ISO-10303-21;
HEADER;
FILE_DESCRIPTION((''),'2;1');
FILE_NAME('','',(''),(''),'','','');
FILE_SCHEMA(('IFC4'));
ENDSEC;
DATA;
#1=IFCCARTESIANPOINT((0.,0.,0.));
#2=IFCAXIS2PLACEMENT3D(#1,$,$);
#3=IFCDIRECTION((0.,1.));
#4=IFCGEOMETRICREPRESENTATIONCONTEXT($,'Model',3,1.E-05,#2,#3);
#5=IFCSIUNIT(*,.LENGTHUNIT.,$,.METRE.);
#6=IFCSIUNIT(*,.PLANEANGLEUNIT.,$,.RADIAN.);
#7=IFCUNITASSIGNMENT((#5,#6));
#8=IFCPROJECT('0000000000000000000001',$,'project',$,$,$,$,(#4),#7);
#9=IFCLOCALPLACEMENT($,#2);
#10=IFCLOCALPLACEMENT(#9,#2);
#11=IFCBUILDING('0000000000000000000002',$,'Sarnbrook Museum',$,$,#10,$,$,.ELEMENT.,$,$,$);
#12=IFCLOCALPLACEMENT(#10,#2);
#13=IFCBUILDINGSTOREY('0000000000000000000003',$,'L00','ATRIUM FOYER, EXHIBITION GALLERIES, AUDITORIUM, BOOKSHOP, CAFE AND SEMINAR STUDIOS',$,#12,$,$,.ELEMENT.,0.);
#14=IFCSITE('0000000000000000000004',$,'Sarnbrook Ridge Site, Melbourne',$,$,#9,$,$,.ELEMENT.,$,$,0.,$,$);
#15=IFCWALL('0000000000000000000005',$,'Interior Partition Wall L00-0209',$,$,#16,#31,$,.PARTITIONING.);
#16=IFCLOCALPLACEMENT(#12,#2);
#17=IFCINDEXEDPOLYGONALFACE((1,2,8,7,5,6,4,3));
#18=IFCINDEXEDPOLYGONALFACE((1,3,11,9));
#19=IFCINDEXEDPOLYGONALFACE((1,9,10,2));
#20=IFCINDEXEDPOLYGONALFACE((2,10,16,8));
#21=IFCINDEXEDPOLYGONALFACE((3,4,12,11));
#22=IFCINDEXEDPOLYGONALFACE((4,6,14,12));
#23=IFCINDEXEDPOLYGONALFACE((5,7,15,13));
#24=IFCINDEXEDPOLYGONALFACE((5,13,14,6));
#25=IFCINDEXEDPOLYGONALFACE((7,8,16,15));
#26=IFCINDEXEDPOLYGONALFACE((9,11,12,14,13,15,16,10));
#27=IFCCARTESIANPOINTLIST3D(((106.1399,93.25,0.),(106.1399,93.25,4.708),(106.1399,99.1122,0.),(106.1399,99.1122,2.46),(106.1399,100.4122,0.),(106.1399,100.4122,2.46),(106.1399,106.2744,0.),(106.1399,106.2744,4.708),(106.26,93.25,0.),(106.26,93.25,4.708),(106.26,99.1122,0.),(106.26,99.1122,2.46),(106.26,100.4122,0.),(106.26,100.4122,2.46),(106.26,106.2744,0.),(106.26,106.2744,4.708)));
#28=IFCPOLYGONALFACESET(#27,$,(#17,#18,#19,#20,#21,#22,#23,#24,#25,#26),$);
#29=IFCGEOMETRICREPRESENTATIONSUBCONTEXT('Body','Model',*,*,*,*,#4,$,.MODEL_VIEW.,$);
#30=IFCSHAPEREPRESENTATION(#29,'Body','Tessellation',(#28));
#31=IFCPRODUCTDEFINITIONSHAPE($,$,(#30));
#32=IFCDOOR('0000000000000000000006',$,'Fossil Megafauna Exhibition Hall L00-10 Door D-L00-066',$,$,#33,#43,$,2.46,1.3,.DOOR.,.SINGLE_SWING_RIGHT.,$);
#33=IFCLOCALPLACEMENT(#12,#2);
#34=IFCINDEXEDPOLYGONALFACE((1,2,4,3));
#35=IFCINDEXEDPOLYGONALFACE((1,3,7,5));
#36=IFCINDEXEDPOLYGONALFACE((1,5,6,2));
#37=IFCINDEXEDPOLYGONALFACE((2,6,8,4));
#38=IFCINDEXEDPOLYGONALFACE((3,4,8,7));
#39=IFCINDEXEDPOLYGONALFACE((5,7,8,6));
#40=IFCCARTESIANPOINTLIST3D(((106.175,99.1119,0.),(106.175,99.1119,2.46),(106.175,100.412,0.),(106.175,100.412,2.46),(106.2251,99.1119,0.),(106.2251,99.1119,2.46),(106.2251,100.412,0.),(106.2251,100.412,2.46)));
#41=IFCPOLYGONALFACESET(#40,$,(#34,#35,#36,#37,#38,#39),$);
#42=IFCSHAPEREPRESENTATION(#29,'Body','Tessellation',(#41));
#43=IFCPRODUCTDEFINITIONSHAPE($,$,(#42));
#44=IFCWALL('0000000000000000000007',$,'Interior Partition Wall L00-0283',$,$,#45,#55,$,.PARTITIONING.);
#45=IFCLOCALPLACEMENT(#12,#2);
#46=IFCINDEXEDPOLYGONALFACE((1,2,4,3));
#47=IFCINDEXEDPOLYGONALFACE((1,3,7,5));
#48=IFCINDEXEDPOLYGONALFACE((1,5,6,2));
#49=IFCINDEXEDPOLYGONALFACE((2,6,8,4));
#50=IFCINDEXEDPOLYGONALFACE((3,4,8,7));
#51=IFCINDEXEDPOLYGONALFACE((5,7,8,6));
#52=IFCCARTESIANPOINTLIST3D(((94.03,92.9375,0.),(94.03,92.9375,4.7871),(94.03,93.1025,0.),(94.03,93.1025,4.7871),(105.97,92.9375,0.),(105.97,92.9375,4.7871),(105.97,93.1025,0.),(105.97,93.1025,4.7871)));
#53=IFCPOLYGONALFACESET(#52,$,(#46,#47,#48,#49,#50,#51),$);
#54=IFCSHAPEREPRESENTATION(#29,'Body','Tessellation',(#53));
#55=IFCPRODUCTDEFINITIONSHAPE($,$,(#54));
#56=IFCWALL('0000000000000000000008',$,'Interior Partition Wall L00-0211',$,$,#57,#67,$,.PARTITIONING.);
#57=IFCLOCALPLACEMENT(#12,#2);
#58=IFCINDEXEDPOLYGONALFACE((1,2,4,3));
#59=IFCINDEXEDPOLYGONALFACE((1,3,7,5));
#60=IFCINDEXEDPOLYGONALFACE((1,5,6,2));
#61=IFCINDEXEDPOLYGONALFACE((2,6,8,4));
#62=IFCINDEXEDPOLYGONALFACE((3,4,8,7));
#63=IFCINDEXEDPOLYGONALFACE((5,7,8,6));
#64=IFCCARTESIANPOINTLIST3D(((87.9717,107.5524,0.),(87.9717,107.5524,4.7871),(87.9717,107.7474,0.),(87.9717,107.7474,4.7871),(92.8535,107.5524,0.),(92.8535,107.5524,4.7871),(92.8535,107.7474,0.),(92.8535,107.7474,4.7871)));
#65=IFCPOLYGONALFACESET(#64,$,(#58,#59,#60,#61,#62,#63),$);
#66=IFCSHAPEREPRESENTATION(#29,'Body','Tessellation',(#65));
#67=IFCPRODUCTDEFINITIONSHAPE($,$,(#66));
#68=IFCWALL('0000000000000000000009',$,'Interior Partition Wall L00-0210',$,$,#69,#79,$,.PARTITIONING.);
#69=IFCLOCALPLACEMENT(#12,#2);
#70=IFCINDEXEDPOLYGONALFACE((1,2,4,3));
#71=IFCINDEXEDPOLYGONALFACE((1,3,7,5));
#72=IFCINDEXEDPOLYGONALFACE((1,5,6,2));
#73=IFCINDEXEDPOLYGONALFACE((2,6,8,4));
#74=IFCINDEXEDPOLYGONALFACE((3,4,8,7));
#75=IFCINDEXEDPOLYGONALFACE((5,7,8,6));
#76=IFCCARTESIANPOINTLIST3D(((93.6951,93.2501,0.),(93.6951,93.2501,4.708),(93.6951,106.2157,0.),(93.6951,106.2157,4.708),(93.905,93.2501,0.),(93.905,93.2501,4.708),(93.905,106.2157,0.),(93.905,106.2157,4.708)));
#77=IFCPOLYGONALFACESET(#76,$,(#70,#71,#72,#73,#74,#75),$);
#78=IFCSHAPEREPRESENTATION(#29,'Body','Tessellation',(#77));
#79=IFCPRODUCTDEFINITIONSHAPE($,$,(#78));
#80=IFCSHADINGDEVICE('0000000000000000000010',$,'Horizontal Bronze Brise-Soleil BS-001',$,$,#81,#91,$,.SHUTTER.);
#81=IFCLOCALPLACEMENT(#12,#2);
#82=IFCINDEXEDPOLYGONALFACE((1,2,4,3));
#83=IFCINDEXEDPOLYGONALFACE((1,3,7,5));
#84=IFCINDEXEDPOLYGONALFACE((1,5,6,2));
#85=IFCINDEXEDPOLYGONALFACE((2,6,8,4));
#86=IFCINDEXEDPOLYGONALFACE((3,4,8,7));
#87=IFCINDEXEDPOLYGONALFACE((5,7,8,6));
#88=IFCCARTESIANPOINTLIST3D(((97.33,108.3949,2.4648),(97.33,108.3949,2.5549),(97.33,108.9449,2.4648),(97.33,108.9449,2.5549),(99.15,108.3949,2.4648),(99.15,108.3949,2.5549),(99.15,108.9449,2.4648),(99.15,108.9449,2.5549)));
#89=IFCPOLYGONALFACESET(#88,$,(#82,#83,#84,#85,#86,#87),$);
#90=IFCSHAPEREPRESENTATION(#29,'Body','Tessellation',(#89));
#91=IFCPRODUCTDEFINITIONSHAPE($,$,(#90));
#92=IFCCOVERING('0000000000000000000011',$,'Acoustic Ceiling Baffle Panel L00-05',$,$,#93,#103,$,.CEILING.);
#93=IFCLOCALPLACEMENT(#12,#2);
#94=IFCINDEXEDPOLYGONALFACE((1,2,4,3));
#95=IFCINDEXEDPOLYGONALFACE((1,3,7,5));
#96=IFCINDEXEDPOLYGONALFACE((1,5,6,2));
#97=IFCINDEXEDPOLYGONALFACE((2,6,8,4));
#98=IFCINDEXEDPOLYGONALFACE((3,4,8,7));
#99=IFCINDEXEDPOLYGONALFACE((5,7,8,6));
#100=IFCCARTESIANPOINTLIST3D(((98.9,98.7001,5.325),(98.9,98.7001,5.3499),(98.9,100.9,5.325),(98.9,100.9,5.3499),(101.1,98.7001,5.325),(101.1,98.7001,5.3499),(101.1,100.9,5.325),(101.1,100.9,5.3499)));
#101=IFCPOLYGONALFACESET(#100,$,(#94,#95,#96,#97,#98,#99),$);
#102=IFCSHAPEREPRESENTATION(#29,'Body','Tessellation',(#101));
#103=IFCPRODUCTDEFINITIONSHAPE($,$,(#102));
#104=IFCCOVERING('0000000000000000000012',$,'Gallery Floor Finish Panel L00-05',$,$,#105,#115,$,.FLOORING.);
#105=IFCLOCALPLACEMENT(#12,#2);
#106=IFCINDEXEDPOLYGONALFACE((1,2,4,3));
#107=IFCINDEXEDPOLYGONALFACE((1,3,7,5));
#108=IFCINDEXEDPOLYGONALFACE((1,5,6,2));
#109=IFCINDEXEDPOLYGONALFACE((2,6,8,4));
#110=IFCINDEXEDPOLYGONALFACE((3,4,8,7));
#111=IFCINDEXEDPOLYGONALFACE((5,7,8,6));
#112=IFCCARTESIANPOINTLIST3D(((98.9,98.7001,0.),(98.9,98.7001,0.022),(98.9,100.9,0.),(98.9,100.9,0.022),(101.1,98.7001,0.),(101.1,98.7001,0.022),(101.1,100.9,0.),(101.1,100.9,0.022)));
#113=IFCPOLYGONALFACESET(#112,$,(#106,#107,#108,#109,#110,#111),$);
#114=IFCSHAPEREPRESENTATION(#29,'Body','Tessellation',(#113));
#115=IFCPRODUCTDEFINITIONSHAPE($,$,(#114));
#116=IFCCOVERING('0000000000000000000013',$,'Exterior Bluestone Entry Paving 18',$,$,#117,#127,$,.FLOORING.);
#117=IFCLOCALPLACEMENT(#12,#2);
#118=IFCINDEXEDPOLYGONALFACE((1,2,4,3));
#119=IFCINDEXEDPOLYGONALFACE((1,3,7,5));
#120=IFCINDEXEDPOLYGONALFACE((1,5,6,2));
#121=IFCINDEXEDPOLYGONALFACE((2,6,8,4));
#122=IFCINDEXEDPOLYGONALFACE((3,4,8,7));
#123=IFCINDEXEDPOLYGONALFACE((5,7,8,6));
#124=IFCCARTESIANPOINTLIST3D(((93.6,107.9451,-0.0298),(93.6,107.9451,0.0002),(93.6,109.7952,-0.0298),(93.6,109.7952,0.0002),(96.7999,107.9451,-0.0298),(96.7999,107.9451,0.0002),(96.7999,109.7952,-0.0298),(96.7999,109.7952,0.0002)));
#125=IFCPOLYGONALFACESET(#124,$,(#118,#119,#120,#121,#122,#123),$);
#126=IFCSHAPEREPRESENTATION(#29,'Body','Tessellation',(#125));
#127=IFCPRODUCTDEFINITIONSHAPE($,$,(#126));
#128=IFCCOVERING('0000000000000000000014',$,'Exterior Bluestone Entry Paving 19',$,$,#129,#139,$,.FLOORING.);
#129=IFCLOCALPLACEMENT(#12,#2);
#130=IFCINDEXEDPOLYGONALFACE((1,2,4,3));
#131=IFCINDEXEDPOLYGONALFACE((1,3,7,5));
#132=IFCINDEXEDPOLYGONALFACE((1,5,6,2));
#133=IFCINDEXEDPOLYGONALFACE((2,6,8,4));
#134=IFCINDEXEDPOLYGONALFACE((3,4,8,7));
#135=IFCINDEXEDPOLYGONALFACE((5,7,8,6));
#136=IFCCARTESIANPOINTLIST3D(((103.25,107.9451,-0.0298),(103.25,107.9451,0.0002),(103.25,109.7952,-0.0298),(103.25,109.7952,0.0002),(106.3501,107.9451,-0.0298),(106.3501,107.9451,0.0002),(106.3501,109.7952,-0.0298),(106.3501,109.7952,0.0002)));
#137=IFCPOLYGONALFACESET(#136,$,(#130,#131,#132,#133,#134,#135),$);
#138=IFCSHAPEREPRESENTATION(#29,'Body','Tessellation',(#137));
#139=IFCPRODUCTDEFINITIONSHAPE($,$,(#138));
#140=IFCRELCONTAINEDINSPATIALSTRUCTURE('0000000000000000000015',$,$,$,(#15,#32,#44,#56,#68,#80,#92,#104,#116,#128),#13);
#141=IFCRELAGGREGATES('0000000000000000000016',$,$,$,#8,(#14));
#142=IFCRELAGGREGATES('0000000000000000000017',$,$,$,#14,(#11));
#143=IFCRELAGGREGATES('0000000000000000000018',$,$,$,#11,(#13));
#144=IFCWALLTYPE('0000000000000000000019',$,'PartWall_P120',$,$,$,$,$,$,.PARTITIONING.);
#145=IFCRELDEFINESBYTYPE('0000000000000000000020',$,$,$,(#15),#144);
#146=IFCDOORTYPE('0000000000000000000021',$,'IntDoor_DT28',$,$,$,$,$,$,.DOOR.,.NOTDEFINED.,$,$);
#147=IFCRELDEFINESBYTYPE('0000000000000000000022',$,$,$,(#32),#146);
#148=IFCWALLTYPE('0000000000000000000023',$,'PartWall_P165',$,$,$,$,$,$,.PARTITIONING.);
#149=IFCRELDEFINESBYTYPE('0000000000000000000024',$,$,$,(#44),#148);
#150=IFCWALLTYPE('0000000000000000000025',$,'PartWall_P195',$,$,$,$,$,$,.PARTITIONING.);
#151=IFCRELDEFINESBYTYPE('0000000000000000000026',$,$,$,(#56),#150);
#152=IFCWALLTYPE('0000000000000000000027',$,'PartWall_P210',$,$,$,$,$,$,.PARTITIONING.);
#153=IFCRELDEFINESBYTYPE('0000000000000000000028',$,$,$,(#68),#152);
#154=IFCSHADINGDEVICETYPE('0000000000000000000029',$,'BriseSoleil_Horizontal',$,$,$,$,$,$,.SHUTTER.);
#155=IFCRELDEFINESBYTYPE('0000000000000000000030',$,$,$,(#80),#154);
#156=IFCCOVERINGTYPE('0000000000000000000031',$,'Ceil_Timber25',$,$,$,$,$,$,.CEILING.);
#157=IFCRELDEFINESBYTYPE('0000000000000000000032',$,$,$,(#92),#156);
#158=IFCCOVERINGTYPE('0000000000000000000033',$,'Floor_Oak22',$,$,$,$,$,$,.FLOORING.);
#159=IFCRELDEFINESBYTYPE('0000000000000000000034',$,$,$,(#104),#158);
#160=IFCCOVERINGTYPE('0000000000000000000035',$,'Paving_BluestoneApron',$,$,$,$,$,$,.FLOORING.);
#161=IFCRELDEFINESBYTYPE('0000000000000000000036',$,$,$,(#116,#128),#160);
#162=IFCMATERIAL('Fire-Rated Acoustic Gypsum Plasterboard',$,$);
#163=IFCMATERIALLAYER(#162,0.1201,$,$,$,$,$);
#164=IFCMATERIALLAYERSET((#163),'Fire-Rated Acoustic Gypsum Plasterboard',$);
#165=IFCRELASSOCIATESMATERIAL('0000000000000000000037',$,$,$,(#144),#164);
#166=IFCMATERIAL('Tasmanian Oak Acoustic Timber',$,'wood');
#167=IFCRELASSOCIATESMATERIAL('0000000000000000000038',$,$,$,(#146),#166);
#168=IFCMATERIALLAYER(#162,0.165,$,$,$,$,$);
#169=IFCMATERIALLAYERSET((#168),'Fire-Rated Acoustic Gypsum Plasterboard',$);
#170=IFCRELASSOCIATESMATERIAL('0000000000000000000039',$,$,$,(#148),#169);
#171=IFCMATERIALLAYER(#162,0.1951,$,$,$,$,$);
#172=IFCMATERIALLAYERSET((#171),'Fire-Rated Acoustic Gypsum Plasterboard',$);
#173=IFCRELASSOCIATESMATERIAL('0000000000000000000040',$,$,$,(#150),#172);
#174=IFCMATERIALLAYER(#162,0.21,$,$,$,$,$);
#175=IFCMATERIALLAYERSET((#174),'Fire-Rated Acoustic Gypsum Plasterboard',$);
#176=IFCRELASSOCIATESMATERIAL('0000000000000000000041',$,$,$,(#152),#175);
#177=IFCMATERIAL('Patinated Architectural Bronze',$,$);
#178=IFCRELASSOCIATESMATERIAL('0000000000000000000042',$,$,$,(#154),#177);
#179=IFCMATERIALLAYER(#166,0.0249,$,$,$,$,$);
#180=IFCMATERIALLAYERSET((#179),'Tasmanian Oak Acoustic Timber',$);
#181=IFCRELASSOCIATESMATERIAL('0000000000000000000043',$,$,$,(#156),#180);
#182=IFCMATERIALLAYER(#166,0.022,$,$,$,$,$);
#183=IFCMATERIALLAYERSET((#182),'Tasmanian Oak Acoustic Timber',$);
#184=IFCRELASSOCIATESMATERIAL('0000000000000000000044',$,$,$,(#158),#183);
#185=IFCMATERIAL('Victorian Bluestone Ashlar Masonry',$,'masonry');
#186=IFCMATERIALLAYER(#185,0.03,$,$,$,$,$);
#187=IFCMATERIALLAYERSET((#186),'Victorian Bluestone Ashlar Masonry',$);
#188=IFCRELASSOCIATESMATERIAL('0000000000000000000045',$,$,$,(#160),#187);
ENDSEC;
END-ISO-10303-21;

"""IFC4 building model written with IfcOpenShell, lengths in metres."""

from ifc_helpers import new_model, si_unit, direction, frame, frame_2d, origin, origin_2d, place, context, subcontext, project, spatial, rectangle, extrude, material, layer, layer_set, type_object, element, fill, save


model = new_model("IFC4")

# Units and contexts
model_context = context("Model", 3, precision=1e-05, world=origin(), true_north=direction((0.0, 1.0)))
body_context = subcontext(model_context, "Body", "Model", "MODEL_VIEW")
ifc_project = project(units=[si_unit("LENGTHUNIT", "METRE"), si_unit("PLANEANGLEUNIT", "RADIAN")], contexts=[model_context])

# Site, building, storey
site_placement = place(None, origin())
site = spatial("IfcSite", under=ifc_project, at=site_placement, Name="Sarnbrook Ridge Site, Melbourne", CompositionType="ELEMENT", RefElevation=0.0)
building_placement = place(site_placement, origin())
building = spatial("IfcBuilding", under=site, at=building_placement, Name="Sarnbrook Museum", CompositionType="ELEMENT")
storey_placement = place(building_placement, origin())
storey = spatial("IfcBuildingStorey", under=building, at=storey_placement, Name="L00", Description="ATRIUM FOYER, EXHIBITION GALLERIES, AUDITORIUM, BOOKSHOP, CAFE AND SEMINAR STUDIOS", CompositionType="ELEMENT", Elevation=0.0)

# Wall, opening, door
ifc_material_1 = material(Name="Fire-Rated Acoustic Gypsum Plasterboard")
ifc_layer_1 = layer(ifc_material_1, 0.1201)
ifc_layer_set_1 = layer_set([ifc_layer_1], Name="Fire-Rated Acoustic Gypsum Plasterboard")
wall_type_1 = type_object("IfcWallType", Name="PartWall_P120", PredefinedType="PARTITIONING", material=ifc_layer_set_1)
wall_1_placement = place(storey_placement, frame((106.2, 106.2744, 0.0), z_axis=(0.0, 0.0, 1.0), x_axis=(0.0, -1.0, 0.0)))
wall_1 = element("IfcWall", 1, at=wall_1_placement, inside=storey, type_object=wall_type_1, Name="Interior Partition Wall L00-0209", PredefinedType="PARTITIONING", context=body_context, shape_type="SweptSolid", body=[
    extrude(rectangle(XDim=13.0244, YDim=0.1201, at=frame_2d((6.5122, 0.0))), origin(), (0.0, 0.0, 1.0), 4.708),
])
opening_placement = place(wall_1_placement, frame((5.8623, 0.0, 0.0)))
opening = element("IfcOpeningElement", 2, at=opening_placement, cuts=wall_1, PredefinedType="OPENING", context=body_context, shape_type="SweptSolid", body=[
    extrude(rectangle(XDim=1.3, YDim=2.46, at=frame_2d((0.6499, 1.23))), frame((0.0, 0.0701, 0.0), z_axis=(0.0, -1.0, 0.0), x_axis=(1.0, 0.0, 0.0)), (0.0, 0.0, 1.0), 0.1401),
])
ifc_material_2 = material(Name="Tasmanian Oak Acoustic Timber", Category="wood")
door_type = type_object("IfcDoorType", Name="IntDoor_DT28", OperationType="NOTDEFINED", PredefinedType="DOOR", material=ifc_material_2)
door_placement = place(opening_placement, frame((1.3, 0.0, 0.0), z_axis=(0.0, 0.0, 1.0), x_axis=(-1.0, 0.0, 0.0)))
door = element("IfcDoor", 3, at=door_placement, inside=storey, type_object=door_type, Name="Fossil Megafauna Exhibition Hall L00-10 Door D-L00-066", OperationType="SINGLE_SWING_RIGHT", OverallHeight=2.46, OverallWidth=1.3, PredefinedType="DOOR", context=body_context, shape_type="SweptSolid", body=[
    extrude(rectangle(XDim=1.3, YDim=2.46, at=frame_2d((0.6499, 1.23))), frame((0.0, 0.0249, 0.0), z_axis=(0.0, -1.0, 0.0), x_axis=(1.0, 0.0, 0.0)), (0.0, 0.0, 1.0), 0.05),
])
fill(opening, door)

# Walls
ifc_layer_2 = layer(ifc_material_1, 0.165)
ifc_layer_set_2 = layer_set([ifc_layer_2], Name="Fire-Rated Acoustic Gypsum Plasterboard")
wall_type_2 = type_object("IfcWallType", Name="PartWall_P165", PredefinedType="PARTITIONING", material=ifc_layer_set_2)
wall_2_placement = place(storey_placement, frame((105.97, 93.02, 0.0), z_axis=(0.0, 0.0, 1.0), x_axis=(-1.0, 0.0, 0.0)))
element("IfcWall", 4, at=wall_2_placement, inside=storey, type_object=wall_type_2, Name="Interior Partition Wall L00-0283", PredefinedType="PARTITIONING", context=body_context, shape_type="SweptSolid", body=[
    extrude(rectangle(XDim=11.9399, YDim=0.165, at=frame_2d((5.97, 0.0))), origin(), (0.0, 0.0, 1.0), 4.7871),
])
ifc_layer_3 = layer(ifc_material_1, 0.1951)
ifc_layer_set_3 = layer_set([ifc_layer_3], Name="Fire-Rated Acoustic Gypsum Plasterboard")
wall_type_3 = type_object("IfcWallType", Name="PartWall_P195", PredefinedType="PARTITIONING", material=ifc_layer_set_3)
wall_3_placement = place(storey_placement, frame((92.8535, 107.6499, 0.0), z_axis=(0.0, 0.0, 1.0), x_axis=(-1.0, 0.0, 0.0)))
element("IfcWall", 5, at=wall_3_placement, inside=storey, type_object=wall_type_3, Name="Interior Partition Wall L00-0211", PredefinedType="PARTITIONING", context=body_context, shape_type="SweptSolid", body=[
    extrude(rectangle(XDim=4.8818, YDim=0.1951, at=frame_2d((2.4409, 0.0))), origin(), (0.0, 0.0, 1.0), 4.7871),
])
ifc_layer_4 = layer(ifc_material_1, 0.21)
ifc_layer_set_4 = layer_set([ifc_layer_4], Name="Fire-Rated Acoustic Gypsum Plasterboard")
wall_type_4 = type_object("IfcWallType", Name="PartWall_P210", PredefinedType="PARTITIONING", material=ifc_layer_set_4)
wall_4_placement = place(storey_placement, frame((93.8, 93.25, 0.0), z_axis=(0.0, 0.0, 1.0), x_axis=(0.0, 1.0, 0.0)))
element("IfcWall", 6, at=wall_4_placement, inside=storey, type_object=wall_type_4, Name="Interior Partition Wall L00-0210", PredefinedType="PARTITIONING", context=body_context, shape_type="SweptSolid", body=[
    extrude(rectangle(XDim=12.9656, YDim=0.21, at=frame_2d((6.4829, 0.0))), origin(), (0.0, 0.0, 1.0), 4.708),
])

# Shading device
ifc_material_3 = material(Name="Patinated Architectural Bronze")
shading_device_type = type_object("IfcShadingDeviceType", Name="BriseSoleil_Horizontal", PredefinedType="SHUTTER", material=ifc_material_3)
shading_device_placement = place(storey_placement, frame((98.24, 108.6699, 2.4648), z_axis=(0.0, 0.0, 1.0), x_axis=(1.0, 0.0, 0.0)))
element("IfcShadingDevice", 7, at=shading_device_placement, inside=storey, type_object=shading_device_type, Name="Horizontal Bronze Brise-Soleil BS-001", PredefinedType="SHUTTER", context=body_context, shape_type="SweptSolid", body=[
    extrude(rectangle(XDim=1.8201, YDim=0.55, at=origin_2d()), origin(), (0.0, 0.0, 1.0), 0.0901),
])

# Coverings
ifc_layer_5 = layer(ifc_material_2, 0.0249)
ifc_layer_set_5 = layer_set([ifc_layer_5], Name="Tasmanian Oak Acoustic Timber")
covering_type_1 = type_object("IfcCoveringType", Name="Ceil_Timber25", PredefinedType="CEILING", material=ifc_layer_set_5)
covering_1_placement = place(storey_placement, frame((100.0, 99.8, 5.325), z_axis=(0.0, 0.0, 1.0), x_axis=(1.0, 0.0, 0.0)))
element("IfcCovering", 8, at=covering_1_placement, inside=storey, type_object=covering_type_1, Name="Acoustic Ceiling Baffle Panel L00-05", PredefinedType="CEILING", context=body_context, shape_type="SweptSolid", body=[
    extrude(rectangle(XDim=2.2, YDim=2.2, at=origin_2d()), origin(), (0.0, 0.0, 1.0), 0.0249),
])
ifc_layer_6 = layer(ifc_material_2, 0.022)
ifc_layer_set_6 = layer_set([ifc_layer_6], Name="Tasmanian Oak Acoustic Timber")
covering_type_2 = type_object("IfcCoveringType", Name="Floor_Oak22", PredefinedType="FLOORING", material=ifc_layer_set_6)
covering_2_placement = place(storey_placement, frame((100.0, 99.8, 0.0), z_axis=(0.0, 0.0, 1.0), x_axis=(1.0, 0.0, 0.0)))
element("IfcCovering", 9, at=covering_2_placement, inside=storey, type_object=covering_type_2, Name="Gallery Floor Finish Panel L00-05", PredefinedType="FLOORING", context=body_context, shape_type="SweptSolid", body=[
    extrude(rectangle(XDim=2.2, YDim=2.2, at=origin_2d()), origin(), (0.0, 0.0, 1.0), 0.022),
])
ifc_material_4 = material(Name="Victorian Bluestone Ashlar Masonry", Category="masonry")
ifc_layer_7 = layer(ifc_material_4, 0.03)
ifc_layer_set_7 = layer_set([ifc_layer_7], Name="Victorian Bluestone Ashlar Masonry")
covering_type_3 = type_object("IfcCoveringType", Name="Paving_BluestoneApron", PredefinedType="FLOORING", material=ifc_layer_set_7)
covering_3_placement = place(storey_placement, frame((95.2, 108.8701, -0.0298), z_axis=(0.0, 0.0, 1.0), x_axis=(1.0, 0.0, 0.0)))
element("IfcCovering", 10, at=covering_3_placement, inside=storey, type_object=covering_type_3, Name="Exterior Bluestone Entry Paving 18", PredefinedType="FLOORING", context=body_context, shape_type="SweptSolid", body=[
    extrude(rectangle(XDim=3.2, YDim=1.8501, at=origin_2d()), origin(), (0.0, 0.0, 1.0), 0.03),
])
covering_4_placement = place(storey_placement, frame((104.8, 108.8701, -0.0298), z_axis=(0.0, 0.0, 1.0), x_axis=(1.0, 0.0, 0.0)))
element("IfcCovering", 11, at=covering_4_placement, inside=storey, type_object=covering_type_3, Name="Exterior Bluestone Entry Paving 19", PredefinedType="FLOORING", context=body_context, shape_type="SweptSolid", body=[
    extrude(rectangle(XDim=3.1001, YDim=1.8501, at=origin_2d()), origin(), (0.0, 0.0, 1.0), 0.03),
])

save(model, "model.ifc")
